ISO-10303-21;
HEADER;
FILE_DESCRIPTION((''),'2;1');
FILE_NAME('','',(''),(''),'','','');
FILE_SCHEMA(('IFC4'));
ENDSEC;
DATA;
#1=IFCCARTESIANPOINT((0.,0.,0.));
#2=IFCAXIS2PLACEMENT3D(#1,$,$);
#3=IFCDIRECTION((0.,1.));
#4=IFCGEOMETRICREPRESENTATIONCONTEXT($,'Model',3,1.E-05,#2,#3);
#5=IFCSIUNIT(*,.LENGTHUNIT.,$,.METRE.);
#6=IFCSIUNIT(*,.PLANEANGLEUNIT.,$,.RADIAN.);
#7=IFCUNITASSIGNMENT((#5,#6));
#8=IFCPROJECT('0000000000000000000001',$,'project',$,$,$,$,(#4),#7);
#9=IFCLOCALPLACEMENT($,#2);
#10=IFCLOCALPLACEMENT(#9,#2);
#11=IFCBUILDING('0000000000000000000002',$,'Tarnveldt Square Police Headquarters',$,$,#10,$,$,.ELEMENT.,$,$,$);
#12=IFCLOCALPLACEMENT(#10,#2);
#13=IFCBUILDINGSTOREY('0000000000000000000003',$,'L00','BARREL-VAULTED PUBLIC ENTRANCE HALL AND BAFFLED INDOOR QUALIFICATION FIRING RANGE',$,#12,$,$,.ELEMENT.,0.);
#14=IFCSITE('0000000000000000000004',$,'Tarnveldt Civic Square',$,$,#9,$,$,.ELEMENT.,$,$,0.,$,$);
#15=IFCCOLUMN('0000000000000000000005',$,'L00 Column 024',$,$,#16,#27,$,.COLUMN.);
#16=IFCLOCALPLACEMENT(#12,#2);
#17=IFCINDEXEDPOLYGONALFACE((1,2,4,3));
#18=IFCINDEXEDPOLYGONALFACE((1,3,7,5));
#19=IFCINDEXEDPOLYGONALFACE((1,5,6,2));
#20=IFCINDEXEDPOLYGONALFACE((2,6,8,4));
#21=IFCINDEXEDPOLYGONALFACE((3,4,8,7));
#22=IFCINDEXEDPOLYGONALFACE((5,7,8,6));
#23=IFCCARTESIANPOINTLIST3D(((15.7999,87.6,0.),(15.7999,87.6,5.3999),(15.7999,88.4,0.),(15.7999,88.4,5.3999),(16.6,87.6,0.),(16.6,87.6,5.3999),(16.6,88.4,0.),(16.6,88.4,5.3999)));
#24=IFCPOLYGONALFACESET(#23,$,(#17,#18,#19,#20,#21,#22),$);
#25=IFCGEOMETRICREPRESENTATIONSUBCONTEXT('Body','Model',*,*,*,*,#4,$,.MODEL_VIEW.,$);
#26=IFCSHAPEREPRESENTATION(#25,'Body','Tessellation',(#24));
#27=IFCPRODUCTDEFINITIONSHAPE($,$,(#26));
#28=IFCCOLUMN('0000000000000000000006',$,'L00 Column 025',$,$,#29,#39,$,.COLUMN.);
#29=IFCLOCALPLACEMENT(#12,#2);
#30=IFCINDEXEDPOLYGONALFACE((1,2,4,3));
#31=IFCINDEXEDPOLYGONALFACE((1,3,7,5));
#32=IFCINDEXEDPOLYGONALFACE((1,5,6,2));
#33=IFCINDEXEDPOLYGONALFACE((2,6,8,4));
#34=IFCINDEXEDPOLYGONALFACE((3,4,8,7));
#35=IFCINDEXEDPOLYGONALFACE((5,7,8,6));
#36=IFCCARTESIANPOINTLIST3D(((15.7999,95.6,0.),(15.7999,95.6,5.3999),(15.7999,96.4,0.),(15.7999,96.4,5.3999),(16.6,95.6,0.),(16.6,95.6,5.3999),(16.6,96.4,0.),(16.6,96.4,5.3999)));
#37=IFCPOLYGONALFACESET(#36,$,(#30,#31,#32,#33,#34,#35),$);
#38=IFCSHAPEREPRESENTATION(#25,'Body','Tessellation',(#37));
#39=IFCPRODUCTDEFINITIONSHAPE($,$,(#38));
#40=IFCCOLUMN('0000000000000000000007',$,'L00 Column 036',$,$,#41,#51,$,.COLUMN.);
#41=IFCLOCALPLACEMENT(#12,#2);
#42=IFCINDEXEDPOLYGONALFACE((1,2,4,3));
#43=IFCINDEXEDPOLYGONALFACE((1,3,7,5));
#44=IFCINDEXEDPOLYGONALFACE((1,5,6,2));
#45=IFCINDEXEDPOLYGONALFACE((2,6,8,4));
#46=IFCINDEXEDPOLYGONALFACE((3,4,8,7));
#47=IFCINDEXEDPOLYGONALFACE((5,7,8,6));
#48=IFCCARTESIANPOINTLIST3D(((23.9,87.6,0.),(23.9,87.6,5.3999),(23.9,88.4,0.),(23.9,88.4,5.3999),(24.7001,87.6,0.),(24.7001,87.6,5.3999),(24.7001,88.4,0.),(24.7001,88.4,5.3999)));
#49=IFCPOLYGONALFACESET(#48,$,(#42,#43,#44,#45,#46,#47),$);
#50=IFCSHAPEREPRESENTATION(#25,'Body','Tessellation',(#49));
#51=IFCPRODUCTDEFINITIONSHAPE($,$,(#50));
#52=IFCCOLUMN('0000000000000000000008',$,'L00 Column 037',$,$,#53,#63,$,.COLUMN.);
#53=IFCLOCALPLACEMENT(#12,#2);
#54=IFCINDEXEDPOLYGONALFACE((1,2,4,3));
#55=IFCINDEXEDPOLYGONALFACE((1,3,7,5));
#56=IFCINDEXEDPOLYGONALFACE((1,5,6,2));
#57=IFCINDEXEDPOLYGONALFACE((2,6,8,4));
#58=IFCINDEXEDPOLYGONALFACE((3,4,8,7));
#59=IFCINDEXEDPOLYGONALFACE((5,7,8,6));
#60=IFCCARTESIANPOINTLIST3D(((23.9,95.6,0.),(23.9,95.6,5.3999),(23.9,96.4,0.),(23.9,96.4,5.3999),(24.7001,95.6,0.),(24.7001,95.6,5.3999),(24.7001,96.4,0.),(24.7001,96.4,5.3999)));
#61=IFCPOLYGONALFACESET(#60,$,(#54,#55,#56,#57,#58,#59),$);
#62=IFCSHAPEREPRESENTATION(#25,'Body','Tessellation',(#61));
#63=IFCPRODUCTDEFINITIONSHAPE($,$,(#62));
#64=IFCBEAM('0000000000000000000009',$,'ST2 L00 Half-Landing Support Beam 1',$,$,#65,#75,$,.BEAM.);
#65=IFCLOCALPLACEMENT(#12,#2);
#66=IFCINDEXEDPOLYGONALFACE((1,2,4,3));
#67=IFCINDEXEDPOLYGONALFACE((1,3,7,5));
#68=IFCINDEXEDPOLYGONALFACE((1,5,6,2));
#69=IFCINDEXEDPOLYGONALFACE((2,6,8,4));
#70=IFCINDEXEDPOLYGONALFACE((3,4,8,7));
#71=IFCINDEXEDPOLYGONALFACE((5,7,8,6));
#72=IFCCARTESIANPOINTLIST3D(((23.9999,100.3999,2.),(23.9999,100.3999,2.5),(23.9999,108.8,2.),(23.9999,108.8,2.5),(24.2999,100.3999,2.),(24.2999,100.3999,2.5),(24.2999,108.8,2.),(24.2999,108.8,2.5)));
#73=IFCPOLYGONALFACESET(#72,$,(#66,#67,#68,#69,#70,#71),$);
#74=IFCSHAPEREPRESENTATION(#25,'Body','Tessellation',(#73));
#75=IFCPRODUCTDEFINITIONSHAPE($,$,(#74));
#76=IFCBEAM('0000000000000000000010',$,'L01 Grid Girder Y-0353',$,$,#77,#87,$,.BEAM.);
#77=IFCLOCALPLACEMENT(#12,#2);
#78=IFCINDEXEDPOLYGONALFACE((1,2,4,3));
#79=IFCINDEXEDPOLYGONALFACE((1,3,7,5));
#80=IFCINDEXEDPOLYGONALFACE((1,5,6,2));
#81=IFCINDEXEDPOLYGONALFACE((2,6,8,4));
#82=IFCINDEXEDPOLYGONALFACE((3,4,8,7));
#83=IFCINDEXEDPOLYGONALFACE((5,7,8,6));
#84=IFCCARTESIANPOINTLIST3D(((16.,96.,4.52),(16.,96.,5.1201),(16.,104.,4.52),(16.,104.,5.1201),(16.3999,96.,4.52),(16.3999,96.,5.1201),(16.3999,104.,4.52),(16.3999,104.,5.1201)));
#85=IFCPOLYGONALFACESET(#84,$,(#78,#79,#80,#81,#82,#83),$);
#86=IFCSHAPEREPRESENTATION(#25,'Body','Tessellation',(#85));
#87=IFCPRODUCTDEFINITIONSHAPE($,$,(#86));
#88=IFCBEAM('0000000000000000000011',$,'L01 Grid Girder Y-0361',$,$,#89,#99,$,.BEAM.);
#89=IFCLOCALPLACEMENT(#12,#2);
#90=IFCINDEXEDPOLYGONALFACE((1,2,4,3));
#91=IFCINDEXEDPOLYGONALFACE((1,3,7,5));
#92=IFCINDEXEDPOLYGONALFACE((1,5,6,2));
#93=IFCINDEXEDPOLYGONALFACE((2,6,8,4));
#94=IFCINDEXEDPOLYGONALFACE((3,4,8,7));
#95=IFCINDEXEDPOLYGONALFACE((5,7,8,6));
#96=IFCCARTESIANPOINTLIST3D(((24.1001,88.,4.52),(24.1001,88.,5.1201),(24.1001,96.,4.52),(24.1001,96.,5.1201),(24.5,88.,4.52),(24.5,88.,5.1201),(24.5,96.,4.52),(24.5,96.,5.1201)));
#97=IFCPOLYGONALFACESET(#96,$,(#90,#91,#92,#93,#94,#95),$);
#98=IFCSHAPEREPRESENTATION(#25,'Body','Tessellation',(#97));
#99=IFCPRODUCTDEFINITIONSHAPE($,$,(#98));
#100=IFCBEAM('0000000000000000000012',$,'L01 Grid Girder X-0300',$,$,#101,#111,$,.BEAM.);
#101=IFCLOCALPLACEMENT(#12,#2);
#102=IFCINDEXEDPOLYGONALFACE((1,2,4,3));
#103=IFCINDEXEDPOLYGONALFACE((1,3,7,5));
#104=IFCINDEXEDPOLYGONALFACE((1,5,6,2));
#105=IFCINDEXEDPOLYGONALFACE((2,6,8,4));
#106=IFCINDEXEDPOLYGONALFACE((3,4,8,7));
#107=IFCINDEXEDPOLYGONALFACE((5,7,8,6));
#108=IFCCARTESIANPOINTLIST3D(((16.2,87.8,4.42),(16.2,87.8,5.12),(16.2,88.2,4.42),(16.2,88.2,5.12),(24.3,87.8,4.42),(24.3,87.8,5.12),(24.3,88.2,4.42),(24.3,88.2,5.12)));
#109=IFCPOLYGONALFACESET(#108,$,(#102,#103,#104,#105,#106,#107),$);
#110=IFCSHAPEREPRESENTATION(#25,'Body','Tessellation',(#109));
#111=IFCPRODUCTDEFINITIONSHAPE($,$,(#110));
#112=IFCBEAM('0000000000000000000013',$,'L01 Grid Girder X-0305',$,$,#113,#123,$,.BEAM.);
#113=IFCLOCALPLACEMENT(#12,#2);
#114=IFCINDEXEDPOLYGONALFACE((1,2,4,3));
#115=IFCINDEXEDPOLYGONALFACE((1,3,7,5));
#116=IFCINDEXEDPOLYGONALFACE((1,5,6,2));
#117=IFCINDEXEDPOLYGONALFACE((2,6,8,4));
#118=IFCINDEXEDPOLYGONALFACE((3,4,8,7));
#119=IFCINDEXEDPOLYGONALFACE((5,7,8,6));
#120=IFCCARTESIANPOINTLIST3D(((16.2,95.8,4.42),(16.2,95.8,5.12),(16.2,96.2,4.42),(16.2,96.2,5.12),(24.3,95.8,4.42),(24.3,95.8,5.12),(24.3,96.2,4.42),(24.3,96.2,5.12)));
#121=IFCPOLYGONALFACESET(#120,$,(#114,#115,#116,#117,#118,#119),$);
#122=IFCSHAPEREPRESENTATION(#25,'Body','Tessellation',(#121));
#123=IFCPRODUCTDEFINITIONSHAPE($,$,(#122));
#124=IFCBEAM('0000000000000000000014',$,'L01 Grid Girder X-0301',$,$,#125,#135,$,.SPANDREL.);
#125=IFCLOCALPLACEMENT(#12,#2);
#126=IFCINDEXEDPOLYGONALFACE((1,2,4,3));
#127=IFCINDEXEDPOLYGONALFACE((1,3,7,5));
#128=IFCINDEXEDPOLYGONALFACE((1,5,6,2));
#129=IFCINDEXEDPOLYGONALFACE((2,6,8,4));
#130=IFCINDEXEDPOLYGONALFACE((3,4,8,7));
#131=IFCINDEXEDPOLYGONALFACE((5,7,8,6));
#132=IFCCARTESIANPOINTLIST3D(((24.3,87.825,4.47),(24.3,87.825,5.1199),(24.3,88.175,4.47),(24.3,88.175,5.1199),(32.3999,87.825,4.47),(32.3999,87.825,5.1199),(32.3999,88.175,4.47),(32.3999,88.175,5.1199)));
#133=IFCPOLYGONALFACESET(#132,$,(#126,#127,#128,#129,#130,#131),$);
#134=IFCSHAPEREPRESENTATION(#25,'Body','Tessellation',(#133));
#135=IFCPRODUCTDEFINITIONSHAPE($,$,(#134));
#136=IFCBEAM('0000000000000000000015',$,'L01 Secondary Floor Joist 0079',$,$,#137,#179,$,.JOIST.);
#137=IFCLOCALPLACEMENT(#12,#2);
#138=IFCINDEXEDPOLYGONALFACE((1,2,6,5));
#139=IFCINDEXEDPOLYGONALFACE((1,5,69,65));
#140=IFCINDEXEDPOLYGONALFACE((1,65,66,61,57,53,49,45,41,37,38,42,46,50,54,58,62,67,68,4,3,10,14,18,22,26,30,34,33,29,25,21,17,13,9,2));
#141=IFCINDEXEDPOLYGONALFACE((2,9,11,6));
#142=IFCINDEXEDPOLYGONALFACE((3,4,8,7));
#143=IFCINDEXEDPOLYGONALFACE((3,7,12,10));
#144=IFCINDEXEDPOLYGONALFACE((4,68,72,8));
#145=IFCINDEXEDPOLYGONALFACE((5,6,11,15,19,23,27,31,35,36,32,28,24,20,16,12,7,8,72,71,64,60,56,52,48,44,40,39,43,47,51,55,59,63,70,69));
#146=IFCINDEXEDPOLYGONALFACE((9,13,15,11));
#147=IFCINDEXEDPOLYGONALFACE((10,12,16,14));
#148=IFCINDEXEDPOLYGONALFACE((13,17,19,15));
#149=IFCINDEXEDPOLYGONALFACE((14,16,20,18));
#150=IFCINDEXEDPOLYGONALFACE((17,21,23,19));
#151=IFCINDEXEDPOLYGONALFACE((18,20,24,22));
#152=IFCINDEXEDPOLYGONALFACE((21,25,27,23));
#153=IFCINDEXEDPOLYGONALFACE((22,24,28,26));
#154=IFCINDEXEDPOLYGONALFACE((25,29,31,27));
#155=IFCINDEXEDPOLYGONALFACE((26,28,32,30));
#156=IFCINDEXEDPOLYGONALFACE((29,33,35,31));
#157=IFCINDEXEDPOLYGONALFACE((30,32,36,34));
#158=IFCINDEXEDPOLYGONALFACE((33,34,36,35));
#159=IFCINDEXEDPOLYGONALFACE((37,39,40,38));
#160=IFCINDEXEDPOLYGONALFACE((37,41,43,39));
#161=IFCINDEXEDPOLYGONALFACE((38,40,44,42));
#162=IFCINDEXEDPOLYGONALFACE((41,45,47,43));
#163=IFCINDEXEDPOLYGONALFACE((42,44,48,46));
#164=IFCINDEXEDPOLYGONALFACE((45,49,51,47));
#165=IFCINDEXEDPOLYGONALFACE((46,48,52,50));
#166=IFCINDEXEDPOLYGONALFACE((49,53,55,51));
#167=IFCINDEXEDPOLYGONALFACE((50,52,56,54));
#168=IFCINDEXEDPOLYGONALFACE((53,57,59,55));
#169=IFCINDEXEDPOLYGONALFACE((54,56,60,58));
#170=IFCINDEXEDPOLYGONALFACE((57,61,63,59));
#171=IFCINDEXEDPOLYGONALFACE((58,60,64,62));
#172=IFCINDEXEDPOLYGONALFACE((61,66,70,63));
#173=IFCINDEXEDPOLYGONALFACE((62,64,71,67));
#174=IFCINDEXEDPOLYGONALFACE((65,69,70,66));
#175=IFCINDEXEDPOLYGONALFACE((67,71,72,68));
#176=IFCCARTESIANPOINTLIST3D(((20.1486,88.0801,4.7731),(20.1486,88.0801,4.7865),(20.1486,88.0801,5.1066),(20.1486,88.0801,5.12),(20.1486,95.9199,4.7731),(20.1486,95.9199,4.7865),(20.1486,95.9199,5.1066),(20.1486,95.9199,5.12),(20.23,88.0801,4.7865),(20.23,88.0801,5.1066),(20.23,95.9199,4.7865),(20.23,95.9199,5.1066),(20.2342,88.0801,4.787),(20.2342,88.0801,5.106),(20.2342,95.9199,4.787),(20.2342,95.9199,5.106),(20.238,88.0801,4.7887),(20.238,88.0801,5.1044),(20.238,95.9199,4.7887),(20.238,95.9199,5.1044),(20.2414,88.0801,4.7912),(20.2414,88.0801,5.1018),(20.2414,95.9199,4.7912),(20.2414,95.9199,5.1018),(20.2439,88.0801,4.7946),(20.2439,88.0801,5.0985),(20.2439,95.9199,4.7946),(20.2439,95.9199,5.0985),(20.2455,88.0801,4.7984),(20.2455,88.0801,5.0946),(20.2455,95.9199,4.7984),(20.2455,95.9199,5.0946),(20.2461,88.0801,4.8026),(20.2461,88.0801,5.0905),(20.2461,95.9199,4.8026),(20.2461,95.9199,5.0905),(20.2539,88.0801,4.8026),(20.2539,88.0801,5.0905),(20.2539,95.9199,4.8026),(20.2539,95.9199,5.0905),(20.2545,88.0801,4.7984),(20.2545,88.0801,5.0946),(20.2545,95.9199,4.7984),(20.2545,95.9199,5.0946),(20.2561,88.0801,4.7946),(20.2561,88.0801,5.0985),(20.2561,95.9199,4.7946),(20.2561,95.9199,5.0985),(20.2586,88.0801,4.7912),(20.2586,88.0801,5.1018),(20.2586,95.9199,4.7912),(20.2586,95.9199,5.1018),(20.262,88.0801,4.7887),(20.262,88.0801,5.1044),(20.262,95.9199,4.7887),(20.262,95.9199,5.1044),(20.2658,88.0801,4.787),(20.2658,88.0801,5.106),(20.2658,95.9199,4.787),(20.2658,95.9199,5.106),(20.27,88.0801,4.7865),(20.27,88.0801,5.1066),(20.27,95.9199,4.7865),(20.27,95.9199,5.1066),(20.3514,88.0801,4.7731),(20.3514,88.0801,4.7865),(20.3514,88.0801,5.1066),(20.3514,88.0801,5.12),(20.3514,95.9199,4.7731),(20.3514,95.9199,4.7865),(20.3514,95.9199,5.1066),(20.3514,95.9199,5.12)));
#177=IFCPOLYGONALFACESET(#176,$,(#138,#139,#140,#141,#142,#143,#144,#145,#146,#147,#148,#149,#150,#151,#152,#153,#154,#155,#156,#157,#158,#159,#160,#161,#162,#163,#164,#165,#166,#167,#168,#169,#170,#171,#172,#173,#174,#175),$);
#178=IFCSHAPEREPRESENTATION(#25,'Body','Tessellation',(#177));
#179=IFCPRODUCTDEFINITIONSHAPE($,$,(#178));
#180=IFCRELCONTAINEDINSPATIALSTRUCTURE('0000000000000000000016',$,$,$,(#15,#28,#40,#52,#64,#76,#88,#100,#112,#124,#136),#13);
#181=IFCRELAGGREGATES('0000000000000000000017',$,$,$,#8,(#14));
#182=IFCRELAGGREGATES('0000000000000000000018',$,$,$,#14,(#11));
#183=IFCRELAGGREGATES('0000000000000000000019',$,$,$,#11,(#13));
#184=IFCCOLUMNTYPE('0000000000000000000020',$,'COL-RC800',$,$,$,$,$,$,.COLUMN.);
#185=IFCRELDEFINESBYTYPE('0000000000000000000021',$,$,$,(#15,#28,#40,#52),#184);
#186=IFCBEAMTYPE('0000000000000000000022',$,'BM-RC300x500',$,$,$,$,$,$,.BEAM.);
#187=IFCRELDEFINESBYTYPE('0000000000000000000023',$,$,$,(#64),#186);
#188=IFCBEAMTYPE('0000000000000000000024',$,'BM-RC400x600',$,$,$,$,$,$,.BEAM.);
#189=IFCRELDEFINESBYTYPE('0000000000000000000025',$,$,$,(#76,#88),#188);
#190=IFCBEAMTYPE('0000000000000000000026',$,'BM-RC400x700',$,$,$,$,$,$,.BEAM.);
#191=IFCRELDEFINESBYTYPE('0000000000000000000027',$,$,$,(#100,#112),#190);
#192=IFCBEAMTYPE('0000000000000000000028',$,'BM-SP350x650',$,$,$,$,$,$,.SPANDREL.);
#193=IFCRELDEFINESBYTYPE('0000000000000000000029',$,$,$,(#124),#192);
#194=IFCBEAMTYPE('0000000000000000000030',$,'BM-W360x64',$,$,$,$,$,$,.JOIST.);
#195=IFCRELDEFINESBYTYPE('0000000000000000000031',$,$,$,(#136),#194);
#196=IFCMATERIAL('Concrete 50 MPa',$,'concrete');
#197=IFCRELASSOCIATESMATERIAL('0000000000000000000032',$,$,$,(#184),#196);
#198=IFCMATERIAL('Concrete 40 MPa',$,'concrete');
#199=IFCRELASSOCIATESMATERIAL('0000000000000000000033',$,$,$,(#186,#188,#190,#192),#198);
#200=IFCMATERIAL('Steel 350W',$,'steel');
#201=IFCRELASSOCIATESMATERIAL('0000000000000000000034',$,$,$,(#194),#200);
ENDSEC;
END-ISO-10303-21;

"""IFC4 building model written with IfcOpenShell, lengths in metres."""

from ifc_helpers import new_model, si_unit, direction, frame, origin, origin_2d, place, context, subcontext, project, spatial, rectangle, i_section, extrude, material, material_profile, profile_set, type_object, element, save


model = new_model("IFC4")

# Units and contexts
model_context = context("Model", 3, precision=1e-05, world=origin(), true_north=direction((0.0, 1.0)))
body_context = subcontext(model_context, "Body", "Model", "MODEL_VIEW")
ifc_project = project(units=[si_unit("LENGTHUNIT", "METRE"), si_unit("PLANEANGLEUNIT", "RADIAN")], contexts=[model_context])

# Site, building, storey
site_placement = place(None, origin())
site = spatial("IfcSite", under=ifc_project, at=site_placement, Name="Tarnveldt Civic Square", CompositionType="ELEMENT", RefElevation=0.0)
building_placement = place(site_placement, origin())
building = spatial("IfcBuilding", under=site, at=building_placement, Name="Tarnveldt Square Police Headquarters", CompositionType="ELEMENT")
storey_placement = place(building_placement, origin())
storey = spatial("IfcBuildingStorey", under=building, at=storey_placement, Name="L00", Description="BARREL-VAULTED PUBLIC ENTRANCE HALL AND BAFFLED INDOOR QUALIFICATION FIRING RANGE", CompositionType="ELEMENT", Elevation=0.0)

# Columns
ifc_material_1 = material(Name="Concrete 50 MPa", Category="concrete")
ifc_material_profile_1 = material_profile(ifc_material_1, rectangle(XDim=0.8, YDim=0.8, at=origin_2d()), Name="RC-C800x800")
ifc_profile_set_1 = profile_set([ifc_material_profile_1], Name="Concrete 50 MPa")
column_type = type_object("IfcColumnType", Name="COL-RC800", PredefinedType="COLUMN", material=ifc_profile_set_1)
for number, where, z_axis, x_axis, name in (
    (1, (16.2, 88.0, 0.0), (0.0, 0.0, 1.0), (1.0, 0.0, 0.0), "L00 Column 024"),
    (2, (16.2, 96.0, 0.0), (0.0, 0.0, 1.0), (1.0, 0.0, 0.0), "L00 Column 025"),
    (3, (24.3, 88.0, 0.0), (0.0, 0.0, 1.0), (1.0, 0.0, 0.0), "L00 Column 036"),
    (4, (24.3, 96.0, 0.0), (0.0, 0.0, 1.0), (1.0, 0.0, 0.0), "L00 Column 037"),
):
    element("IfcColumn", number, at=place(storey_placement, frame(where, z_axis=z_axis, x_axis=x_axis)), inside=storey, type_object=column_type, Name=name, PredefinedType="COLUMN", context=body_context, shape_type="SweptSolid", body=[
        extrude(rectangle(XDim=0.8, YDim=0.8, at=origin_2d()), origin(), (0.0, 0.0, 1.0), 5.3999),
    ])

# Beams
ifc_material_2 = material(Name="Concrete 40 MPa", Category="concrete")
ifc_material_profile_2 = material_profile(ifc_material_2, rectangle(XDim=0.3, YDim=0.5, at=origin_2d()), Name="RC-B300x500")
ifc_profile_set_2 = profile_set([ifc_material_profile_2], Name="Concrete 40 MPa")
beam_type_1 = type_object("IfcBeamType", Name="BM-RC300x500", PredefinedType="BEAM", material=ifc_profile_set_2)
beam_1_placement = place(storey_placement, frame((24.1499, 100.3999, 2.25), z_axis=(0.0, 1.0, 0.0), x_axis=(-1.0, 0.0, 0.0)))
element("IfcBeam", 5, at=beam_1_placement, inside=storey, type_object=beam_type_1, Name="ST2 L00 Half-Landing Support Beam 1", PredefinedType="BEAM", context=body_context, shape_type="SweptSolid", body=[
    extrude(rectangle(XDim=0.3, YDim=0.5, at=origin_2d()), origin(), (0.0, 0.0, 1.0), 8.4001),
])
ifc_material_profile_3 = material_profile(ifc_material_2, rectangle(XDim=0.3999, YDim=0.6001, at=origin_2d()), Name="RC-B400x600")
ifc_profile_set_3 = profile_set([ifc_material_profile_3], Name="Concrete 40 MPa")
beam_type_2 = type_object("IfcBeamType", Name="BM-RC400x600", PredefinedType="BEAM", material=ifc_profile_set_3)
for number, where, z_axis, x_axis, name in (
    (6, (16.2, 96.0, 4.8201), (0.0, 1.0, 0.0), (-1.0, 0.0, 0.0), "L01 Grid Girder Y-0353"),
    (7, (24.3, 88.0, 4.8201), (0.0, 1.0, 0.0), (-1.0, 0.0, 0.0), "L01 Grid Girder Y-0361"),
):
    element("IfcBeam", number, at=place(storey_placement, frame(where, z_axis=z_axis, x_axis=x_axis)), inside=storey, type_object=beam_type_2, Name=name, PredefinedType="BEAM", context=body_context, shape_type="SweptSolid", body=[
        extrude(rectangle(XDim=0.3999, YDim=0.6001, at=origin_2d()), origin(), (0.0, 0.0, 1.0), 8.0),
    ])
ifc_material_profile_4 = material_profile(ifc_material_2, rectangle(XDim=0.3999, YDim=0.7, at=origin_2d()), Name="RC-B400x700")
ifc_profile_set_4 = profile_set([ifc_material_profile_4], Name="Concrete 40 MPa")
beam_type_3 = type_object("IfcBeamType", Name="BM-RC400x700", PredefinedType="BEAM", material=ifc_profile_set_4)
for number, where, z_axis, x_axis, name in (
    (8, (16.2, 88.0, 4.77), (1.0, 0.0, 0.0), (0.0, 1.0, 0.0), "L01 Grid Girder X-0300"),
    (9, (16.2, 96.0, 4.77), (1.0, 0.0, 0.0), (0.0, 1.0, 0.0), "L01 Grid Girder X-0305"),
):
    element("IfcBeam", number, at=place(storey_placement, frame(where, z_axis=z_axis, x_axis=x_axis)), inside=storey, type_object=beam_type_3, Name=name, PredefinedType="BEAM", context=body_context, shape_type="SweptSolid", body=[
        extrude(rectangle(XDim=0.3999, YDim=0.7, at=origin_2d()), origin(), (0.0, 0.0, 1.0), 8.1001),
    ])
ifc_material_profile_5 = material_profile(ifc_material_2, rectangle(XDim=0.3501, YDim=0.6499, at=origin_2d()), Name="RC-SP350x650")
ifc_profile_set_5 = profile_set([ifc_material_profile_5], Name="Concrete 40 MPa")
beam_type_4 = type_object("IfcBeamType", Name="BM-SP350x650", PredefinedType="SPANDREL", material=ifc_profile_set_5)
beam_2_placement = place(storey_placement, frame((24.3, 88.0, 4.7949), z_axis=(1.0, 0.0, 0.0), x_axis=(0.0, 1.0, 0.0)))
element("IfcBeam", 10, at=beam_2_placement, inside=storey, type_object=beam_type_4, Name="L01 Grid Girder X-0301", PredefinedType="SPANDREL", context=body_context, shape_type="SweptSolid", body=[
    extrude(rectangle(XDim=0.3501, YDim=0.6499, at=origin_2d()), origin(), (0.0, 0.0, 1.0), 8.0999),
])
ifc_material_3 = material(Name="Steel 350W", Category="steel")
ifc_material_profile_6 = material_profile(ifc_material_3, i_section(OverallWidth=0.2029, OverallDepth=0.3469, WebThickness=0.0078, FlangeThickness=0.0134, FilletRadius=0.0161, at=origin_2d()), Name="W360x64")
ifc_profile_set_6 = profile_set([ifc_material_profile_6], Name="Steel 350W")
beam_type_5 = type_object("IfcBeamType", Name="BM-W360x64", PredefinedType="JOIST", material=ifc_profile_set_6)
beam_3_placement = place(storey_placement, frame((20.25, 88.0801, 4.9465), z_axis=(0.0, 1.0, 0.0), x_axis=(-1.0, 0.0, 0.0)))
element("IfcBeam", 11, at=beam_3_placement, inside=storey, type_object=beam_type_5, Name="L01 Secondary Floor Joist 0079", PredefinedType="JOIST", context=body_context, shape_type="SweptSolid", body=[
    extrude(i_section(OverallWidth=0.2029, OverallDepth=0.3469, WebThickness=0.0078, FlangeThickness=0.0134, FilletRadius=0.0161, at=origin_2d()), origin(), (0.0, 0.0, 1.0), 7.8398),
])

save(model, "model.ifc")
